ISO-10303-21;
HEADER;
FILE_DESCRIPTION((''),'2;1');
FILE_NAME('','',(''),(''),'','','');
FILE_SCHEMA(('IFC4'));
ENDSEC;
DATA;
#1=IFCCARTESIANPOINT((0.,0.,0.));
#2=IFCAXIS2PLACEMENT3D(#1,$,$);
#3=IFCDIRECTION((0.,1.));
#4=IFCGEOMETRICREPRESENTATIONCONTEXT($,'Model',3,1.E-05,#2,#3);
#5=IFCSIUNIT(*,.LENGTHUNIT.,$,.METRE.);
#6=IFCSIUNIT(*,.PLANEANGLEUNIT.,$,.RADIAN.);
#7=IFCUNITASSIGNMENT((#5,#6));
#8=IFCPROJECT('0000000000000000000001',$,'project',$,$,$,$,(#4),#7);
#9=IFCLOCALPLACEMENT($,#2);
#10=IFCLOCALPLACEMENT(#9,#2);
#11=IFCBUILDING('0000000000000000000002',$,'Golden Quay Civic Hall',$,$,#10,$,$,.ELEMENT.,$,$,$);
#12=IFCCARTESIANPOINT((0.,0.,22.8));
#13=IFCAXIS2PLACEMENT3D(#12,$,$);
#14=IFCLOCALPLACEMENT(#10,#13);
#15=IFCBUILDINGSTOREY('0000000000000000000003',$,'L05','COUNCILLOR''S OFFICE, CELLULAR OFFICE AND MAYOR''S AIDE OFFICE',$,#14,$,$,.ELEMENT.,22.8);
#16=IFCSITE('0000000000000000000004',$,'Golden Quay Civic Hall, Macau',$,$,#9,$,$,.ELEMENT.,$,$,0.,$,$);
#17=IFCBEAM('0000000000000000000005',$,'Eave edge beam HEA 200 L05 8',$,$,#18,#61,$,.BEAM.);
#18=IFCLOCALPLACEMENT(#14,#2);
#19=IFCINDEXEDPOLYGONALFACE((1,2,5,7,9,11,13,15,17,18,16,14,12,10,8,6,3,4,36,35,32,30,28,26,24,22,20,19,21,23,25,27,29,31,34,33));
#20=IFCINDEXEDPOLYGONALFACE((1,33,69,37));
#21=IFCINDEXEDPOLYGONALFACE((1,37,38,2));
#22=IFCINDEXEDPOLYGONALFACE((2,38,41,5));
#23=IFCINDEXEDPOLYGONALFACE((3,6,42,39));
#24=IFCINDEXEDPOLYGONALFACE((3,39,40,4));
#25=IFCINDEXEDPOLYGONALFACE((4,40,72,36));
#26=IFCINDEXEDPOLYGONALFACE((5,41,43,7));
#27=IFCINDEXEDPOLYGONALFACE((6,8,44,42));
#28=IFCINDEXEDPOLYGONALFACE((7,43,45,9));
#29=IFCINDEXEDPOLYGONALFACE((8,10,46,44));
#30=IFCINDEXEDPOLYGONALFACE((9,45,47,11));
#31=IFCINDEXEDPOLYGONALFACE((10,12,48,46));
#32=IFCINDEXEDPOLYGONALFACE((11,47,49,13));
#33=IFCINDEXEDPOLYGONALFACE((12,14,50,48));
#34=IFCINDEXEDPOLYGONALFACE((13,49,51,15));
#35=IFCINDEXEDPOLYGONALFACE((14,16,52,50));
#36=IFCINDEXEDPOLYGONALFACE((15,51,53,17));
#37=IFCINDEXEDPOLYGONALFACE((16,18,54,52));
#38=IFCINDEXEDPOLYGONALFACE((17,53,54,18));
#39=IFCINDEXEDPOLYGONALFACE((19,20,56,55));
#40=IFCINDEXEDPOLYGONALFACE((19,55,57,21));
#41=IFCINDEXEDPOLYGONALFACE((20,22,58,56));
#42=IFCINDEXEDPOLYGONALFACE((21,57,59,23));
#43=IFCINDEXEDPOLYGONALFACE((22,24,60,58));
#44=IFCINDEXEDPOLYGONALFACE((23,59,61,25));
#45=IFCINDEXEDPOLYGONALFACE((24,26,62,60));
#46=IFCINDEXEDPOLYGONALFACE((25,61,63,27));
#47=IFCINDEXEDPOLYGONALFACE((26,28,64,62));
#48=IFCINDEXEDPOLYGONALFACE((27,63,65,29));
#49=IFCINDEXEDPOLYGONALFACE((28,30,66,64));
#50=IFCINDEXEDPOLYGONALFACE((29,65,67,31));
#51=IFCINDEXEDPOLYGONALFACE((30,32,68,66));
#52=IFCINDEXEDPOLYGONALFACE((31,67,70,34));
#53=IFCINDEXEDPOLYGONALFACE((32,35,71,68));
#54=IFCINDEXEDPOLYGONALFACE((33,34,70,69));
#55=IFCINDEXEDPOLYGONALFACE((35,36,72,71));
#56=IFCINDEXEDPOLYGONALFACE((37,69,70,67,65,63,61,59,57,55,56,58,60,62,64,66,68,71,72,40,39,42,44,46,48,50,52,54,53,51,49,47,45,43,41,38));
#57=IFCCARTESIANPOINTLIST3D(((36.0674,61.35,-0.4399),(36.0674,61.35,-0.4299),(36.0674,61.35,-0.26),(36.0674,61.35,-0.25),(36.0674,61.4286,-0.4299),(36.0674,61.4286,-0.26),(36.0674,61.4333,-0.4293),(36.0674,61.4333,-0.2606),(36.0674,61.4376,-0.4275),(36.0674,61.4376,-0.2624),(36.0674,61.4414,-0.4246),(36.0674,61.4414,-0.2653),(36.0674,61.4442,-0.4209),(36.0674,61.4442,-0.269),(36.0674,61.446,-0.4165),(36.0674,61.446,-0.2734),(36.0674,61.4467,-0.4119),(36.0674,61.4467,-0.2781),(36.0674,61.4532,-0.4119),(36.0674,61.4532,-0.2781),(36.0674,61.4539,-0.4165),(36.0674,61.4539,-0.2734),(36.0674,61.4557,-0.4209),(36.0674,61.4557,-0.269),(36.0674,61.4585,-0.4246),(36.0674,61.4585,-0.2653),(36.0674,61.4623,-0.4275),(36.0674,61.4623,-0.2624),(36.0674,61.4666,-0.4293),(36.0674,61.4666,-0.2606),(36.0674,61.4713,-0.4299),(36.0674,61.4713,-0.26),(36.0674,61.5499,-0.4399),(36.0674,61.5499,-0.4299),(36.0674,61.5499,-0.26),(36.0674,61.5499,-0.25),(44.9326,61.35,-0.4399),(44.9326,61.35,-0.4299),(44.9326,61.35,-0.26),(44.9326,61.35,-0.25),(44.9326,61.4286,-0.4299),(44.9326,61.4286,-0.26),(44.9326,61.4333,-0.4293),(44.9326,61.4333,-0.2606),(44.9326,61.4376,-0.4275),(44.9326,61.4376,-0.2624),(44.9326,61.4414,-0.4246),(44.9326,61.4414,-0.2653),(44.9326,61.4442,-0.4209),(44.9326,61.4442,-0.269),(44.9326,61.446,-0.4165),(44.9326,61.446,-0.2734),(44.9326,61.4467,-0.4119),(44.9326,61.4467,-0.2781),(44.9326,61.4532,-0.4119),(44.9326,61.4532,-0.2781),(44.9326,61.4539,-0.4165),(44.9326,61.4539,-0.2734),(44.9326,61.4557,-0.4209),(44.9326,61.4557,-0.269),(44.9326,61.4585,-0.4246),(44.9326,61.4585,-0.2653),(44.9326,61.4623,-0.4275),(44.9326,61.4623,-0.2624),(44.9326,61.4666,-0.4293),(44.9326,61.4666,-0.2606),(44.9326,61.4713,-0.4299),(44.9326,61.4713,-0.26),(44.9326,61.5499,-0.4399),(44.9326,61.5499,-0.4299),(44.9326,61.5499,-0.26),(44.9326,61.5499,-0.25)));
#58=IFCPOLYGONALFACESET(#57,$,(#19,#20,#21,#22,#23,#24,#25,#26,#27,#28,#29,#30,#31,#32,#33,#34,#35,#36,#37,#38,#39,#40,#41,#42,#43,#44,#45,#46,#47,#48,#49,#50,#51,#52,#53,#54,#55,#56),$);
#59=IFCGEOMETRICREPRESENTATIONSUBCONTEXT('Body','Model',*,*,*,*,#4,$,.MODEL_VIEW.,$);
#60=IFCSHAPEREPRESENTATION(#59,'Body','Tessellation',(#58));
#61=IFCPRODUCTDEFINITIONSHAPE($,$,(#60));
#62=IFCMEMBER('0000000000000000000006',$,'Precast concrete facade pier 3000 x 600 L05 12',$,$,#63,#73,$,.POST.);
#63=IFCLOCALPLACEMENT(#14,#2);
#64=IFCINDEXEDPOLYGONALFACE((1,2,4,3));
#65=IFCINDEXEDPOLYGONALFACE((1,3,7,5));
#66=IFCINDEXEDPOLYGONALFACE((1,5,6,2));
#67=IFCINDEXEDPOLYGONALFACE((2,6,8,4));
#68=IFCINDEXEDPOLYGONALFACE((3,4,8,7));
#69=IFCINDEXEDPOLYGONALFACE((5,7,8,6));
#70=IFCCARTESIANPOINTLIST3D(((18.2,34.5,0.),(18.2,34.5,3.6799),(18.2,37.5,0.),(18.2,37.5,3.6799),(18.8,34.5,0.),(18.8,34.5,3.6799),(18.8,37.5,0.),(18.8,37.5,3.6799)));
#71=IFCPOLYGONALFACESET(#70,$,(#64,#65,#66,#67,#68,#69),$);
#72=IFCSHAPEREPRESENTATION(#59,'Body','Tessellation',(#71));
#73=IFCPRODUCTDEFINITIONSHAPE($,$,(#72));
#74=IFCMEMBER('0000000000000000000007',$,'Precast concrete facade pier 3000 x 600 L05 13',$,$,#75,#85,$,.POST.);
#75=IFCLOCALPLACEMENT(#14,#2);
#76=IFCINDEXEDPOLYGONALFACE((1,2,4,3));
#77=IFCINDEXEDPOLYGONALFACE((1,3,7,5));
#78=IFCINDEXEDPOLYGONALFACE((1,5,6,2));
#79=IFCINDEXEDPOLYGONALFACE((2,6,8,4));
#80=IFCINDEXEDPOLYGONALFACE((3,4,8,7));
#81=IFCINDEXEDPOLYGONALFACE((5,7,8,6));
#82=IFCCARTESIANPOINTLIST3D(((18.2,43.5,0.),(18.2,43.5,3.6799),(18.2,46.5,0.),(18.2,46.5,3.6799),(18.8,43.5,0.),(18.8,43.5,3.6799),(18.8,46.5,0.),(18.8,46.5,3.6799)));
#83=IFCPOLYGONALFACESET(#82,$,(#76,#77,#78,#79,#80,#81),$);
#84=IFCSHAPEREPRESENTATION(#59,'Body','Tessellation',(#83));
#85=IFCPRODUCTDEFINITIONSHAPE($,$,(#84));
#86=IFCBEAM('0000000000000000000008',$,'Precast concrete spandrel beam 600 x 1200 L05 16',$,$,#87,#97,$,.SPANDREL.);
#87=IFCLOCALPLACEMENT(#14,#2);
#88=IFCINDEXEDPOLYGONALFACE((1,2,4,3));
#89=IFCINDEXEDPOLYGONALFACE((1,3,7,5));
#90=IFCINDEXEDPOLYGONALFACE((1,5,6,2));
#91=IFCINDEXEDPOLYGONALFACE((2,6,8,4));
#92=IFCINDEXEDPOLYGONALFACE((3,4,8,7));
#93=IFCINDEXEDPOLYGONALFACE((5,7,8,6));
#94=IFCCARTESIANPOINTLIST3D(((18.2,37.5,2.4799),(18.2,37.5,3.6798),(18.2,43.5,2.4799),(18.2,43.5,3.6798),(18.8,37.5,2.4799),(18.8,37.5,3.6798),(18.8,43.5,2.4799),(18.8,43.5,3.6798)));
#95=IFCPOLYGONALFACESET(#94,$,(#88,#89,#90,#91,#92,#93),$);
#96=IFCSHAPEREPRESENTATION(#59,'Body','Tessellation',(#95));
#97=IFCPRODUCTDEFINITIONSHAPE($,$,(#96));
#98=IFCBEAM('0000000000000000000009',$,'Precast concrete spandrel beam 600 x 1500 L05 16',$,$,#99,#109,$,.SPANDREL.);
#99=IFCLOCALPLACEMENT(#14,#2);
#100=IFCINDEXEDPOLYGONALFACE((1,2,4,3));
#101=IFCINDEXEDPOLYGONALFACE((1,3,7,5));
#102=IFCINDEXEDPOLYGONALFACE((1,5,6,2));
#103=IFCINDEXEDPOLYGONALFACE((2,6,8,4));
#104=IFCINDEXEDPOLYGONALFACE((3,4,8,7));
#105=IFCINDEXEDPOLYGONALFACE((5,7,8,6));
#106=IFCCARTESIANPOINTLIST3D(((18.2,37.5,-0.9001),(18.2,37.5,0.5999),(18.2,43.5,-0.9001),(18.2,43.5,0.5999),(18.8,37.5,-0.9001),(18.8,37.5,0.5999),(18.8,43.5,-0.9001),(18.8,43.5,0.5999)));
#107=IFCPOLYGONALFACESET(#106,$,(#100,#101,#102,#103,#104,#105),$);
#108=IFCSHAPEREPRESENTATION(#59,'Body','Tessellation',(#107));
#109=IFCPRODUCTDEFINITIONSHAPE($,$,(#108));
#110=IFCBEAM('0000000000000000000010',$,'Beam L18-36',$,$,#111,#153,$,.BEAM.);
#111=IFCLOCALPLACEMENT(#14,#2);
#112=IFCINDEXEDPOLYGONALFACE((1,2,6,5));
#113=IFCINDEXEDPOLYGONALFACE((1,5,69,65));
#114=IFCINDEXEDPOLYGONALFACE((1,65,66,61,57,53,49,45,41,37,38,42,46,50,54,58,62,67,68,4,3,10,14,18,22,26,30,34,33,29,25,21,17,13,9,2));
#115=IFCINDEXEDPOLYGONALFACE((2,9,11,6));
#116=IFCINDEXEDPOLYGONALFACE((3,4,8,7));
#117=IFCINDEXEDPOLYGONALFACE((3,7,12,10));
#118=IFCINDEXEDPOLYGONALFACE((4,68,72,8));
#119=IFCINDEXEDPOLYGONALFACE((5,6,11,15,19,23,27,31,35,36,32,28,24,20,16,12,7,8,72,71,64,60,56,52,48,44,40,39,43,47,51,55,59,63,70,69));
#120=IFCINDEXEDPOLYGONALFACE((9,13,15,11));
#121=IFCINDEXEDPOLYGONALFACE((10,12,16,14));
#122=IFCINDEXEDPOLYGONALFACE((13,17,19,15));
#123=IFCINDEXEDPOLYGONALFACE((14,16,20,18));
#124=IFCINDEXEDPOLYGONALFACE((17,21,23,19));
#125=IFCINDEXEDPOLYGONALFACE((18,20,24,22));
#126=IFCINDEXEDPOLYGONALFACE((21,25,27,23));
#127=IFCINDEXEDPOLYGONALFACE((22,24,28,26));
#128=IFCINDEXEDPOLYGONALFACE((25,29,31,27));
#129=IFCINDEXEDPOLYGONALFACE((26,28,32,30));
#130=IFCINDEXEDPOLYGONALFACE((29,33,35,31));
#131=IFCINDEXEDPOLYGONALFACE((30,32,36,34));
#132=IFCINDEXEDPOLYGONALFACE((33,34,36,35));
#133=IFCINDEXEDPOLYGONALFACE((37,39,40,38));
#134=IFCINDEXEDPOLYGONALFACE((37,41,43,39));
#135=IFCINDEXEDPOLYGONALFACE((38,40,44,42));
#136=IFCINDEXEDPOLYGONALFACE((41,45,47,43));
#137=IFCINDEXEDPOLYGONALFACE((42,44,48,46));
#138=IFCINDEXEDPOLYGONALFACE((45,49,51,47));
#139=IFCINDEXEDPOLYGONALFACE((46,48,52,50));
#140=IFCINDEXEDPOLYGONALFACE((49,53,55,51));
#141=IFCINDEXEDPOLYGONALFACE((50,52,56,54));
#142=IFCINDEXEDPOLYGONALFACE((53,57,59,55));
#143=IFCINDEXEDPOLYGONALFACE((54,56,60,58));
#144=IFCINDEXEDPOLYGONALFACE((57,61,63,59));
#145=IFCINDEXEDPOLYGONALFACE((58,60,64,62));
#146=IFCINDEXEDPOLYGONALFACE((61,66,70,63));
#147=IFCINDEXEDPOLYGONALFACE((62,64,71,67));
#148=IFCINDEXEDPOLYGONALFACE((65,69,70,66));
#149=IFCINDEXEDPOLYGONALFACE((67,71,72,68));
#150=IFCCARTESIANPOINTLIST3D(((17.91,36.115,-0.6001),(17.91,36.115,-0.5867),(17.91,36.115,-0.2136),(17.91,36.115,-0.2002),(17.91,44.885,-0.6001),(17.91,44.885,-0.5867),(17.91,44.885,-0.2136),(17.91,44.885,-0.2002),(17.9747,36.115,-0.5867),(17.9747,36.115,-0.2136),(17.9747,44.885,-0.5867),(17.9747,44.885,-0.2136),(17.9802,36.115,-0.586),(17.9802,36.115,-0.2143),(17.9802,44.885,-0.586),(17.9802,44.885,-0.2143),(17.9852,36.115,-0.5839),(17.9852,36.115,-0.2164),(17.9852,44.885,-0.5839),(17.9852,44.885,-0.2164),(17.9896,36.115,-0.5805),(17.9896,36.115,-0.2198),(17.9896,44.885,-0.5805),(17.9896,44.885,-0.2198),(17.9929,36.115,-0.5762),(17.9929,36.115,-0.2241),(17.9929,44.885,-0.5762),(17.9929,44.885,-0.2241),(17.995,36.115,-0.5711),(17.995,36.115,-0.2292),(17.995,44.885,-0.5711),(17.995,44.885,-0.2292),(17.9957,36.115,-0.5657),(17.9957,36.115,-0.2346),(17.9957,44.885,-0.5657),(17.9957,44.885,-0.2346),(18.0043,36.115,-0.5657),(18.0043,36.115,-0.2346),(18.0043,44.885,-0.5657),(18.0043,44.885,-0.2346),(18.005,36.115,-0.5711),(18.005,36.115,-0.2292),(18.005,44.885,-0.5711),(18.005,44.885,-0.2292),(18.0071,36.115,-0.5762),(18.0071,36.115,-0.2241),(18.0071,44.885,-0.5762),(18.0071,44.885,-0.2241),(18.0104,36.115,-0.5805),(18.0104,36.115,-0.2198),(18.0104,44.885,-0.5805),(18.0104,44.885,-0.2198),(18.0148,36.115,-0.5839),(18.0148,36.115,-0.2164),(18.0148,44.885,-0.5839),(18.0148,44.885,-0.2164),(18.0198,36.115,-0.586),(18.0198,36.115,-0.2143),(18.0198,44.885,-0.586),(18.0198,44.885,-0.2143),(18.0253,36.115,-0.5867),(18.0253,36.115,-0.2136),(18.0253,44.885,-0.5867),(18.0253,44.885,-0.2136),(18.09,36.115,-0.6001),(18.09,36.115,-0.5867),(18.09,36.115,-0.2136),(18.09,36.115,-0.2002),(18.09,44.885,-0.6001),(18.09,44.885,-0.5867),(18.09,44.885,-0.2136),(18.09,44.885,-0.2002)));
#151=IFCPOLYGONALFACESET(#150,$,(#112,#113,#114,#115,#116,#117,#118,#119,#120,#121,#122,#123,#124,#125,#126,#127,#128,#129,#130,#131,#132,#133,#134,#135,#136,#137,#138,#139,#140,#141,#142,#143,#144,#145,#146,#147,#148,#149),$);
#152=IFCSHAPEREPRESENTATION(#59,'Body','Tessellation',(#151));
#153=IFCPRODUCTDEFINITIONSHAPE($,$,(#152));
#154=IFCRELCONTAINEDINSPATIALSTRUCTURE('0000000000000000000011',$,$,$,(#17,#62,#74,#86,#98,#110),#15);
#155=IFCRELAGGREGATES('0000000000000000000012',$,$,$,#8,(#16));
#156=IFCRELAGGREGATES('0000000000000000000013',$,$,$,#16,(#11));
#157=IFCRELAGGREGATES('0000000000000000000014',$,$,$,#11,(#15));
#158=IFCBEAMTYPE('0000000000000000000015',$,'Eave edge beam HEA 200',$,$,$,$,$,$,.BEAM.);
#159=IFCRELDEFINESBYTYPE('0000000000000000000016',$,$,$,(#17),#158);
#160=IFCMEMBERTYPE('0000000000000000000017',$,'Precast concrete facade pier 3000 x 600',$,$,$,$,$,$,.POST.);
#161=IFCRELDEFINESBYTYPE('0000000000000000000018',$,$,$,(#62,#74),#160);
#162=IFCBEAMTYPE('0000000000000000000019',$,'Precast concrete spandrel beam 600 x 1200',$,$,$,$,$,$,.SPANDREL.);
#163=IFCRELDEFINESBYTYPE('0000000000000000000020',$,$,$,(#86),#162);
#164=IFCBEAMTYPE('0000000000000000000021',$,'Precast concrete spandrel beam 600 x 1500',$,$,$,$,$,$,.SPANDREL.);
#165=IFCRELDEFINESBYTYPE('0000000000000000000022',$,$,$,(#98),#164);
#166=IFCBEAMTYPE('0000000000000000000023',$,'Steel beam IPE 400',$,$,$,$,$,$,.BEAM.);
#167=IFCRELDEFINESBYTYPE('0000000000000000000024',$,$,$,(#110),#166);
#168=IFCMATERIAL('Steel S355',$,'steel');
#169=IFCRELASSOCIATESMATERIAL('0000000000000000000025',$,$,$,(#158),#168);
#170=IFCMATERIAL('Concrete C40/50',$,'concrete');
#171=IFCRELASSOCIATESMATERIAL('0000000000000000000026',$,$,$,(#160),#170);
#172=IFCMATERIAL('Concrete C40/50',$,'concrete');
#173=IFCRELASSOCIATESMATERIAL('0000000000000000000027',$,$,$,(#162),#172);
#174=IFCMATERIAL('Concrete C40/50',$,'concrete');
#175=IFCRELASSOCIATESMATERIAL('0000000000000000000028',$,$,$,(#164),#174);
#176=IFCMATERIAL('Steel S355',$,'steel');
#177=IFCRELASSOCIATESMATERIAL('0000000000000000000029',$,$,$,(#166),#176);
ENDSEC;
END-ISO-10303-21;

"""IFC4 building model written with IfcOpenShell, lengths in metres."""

from ifc_helpers import new_model, si_unit, direction, frame, origin, origin_2d, place, context, subcontext, project, spatial, rectangle, i_section, extrude, material, material_profile, profile_set, type_object, element, save


model = new_model("IFC4")

# Units and contexts
model_context = context("Model", 3, precision=1e-05, world=origin(), true_north=direction((0.0, 1.0)))
body_context = subcontext(model_context, "Body", "Model", "MODEL_VIEW")
ifc_project = project(units=[si_unit("LENGTHUNIT", "METRE"), si_unit("PLANEANGLEUNIT", "RADIAN")], contexts=[model_context])

# Site, building, storey
site_placement = place(None, origin())
site = spatial("IfcSite", under=ifc_project, at=site_placement, Name="Golden Quay Civic Hall, Macau", CompositionType="ELEMENT", RefElevation=0.0)
building_placement = place(site_placement, origin())
building = spatial("IfcBuilding", under=site, at=building_placement, Name="Golden Quay Civic Hall", CompositionType="ELEMENT")
storey_placement = place(building_placement, frame((0.0, 0.0, 22.8)))
storey = spatial("IfcBuildingStorey", under=building, at=storey_placement, Name="L05", Description="COUNCILLOR'S OFFICE, CELLULAR OFFICE AND MAYOR'S AIDE OFFICE", CompositionType="ELEMENT", Elevation=22.8)

# Beam
ifc_material_1 = material(Name="Steel S355", Category="steel")
ifc_material_profile_1 = material_profile(ifc_material_1, i_section(OverallWidth=0.2, OverallDepth=0.1899, WebThickness=0.0066, FlangeThickness=0.01, FilletRadius=0.0181, at=origin_2d()), Name="HEA 200")
ifc_profile_set_1 = profile_set([ifc_material_profile_1], Name="Steel S355")
beam_type_1 = type_object("IfcBeamType", Name="Eave edge beam HEA 200", PredefinedType="BEAM", material=ifc_profile_set_1)
for number, where, z_axis, x_axis, name in (
    (1, (36.0674, 61.45, -0.345), (1.0, 0.0, 0.0), (0.0, 1.0, 0.0), "Eave edge beam HEA 200 L05 8"),
):
    element("IfcBeam", number, at=place(storey_placement, frame(where, z_axis=z_axis, x_axis=x_axis)), inside=storey, type_object=beam_type_1, Name=name, PredefinedType="BEAM", context=body_context, shape_type="SweptSolid", body=[
        extrude(i_section(OverallWidth=0.2, OverallDepth=0.1899, WebThickness=0.0066, FlangeThickness=0.01, FilletRadius=0.0181, at=origin_2d()), origin(), (0.0, 0.0, 1.0), 8.8652),
    ])

# Members
ifc_material_2 = material(Name="Concrete C40/50", Category="concrete")
ifc_material_profile_2 = material_profile(ifc_material_2, rectangle(XDim=3.0, YDim=0.6001, at=origin_2d()), Name="RC 3000x600")
ifc_profile_set_2 = profile_set([ifc_material_profile_2], Name="Concrete C40/50")
member_type = type_object("IfcMemberType", Name="Precast concrete facade pier 3000 x 600", PredefinedType="POST", material=ifc_profile_set_2)
for number, where, z_axis, x_axis, name in (
    (2, (18.5, 36.0, 0.0), (0.0, 0.0, 1.0), (0.0, 1.0, 0.0), "Precast concrete facade pier 3000 x 600 L05 12"),
    (3, (18.5, 45.0, 0.0), (0.0, 0.0, 1.0), (0.0, 1.0, 0.0), "Precast concrete facade pier 3000 x 600 L05 13"),
):
    element("IfcMember", number, at=place(storey_placement, frame(where, z_axis=z_axis, x_axis=x_axis)), inside=storey, type_object=member_type, Name=name, PredefinedType="POST", context=body_context, shape_type="SweptSolid", body=[
        extrude(rectangle(XDim=3.0, YDim=0.6001, at=origin_2d()), origin(), (0.0, 0.0, 1.0), 3.6799),
    ])

# Beams
ifc_material_3 = material(Name="Concrete C40/50", Category="concrete")
ifc_material_profile_3 = material_profile(ifc_material_3, rectangle(XDim=0.6001, YDim=1.2, at=origin_2d()), Name="RC 600x1200")
ifc_profile_set_3 = profile_set([ifc_material_profile_3], Name="Concrete C40/50")
beam_type_2 = type_object("IfcBeamType", Name="Precast concrete spandrel beam 600 x 1200", PredefinedType="SPANDREL", material=ifc_profile_set_3)
beam_1_placement = place(storey_placement, frame((18.5, 37.5, 3.0798), z_axis=(0.0, 1.0, 0.0), x_axis=(-1.0, 0.0, 0.0)))
element("IfcBeam", 4, at=beam_1_placement, inside=storey, type_object=beam_type_2, Name="Precast concrete spandrel beam 600 x 1200 L05 16", PredefinedType="SPANDREL", context=body_context, shape_type="SweptSolid", body=[
    extrude(rectangle(XDim=0.6001, YDim=1.2, at=origin_2d()), origin(), (0.0, 0.0, 1.0), 6.0),
])
ifc_material_4 = material(Name="Concrete C40/50", Category="concrete")
ifc_material_profile_4 = material_profile(ifc_material_4, rectangle(XDim=0.6001, YDim=1.5, at=origin_2d()), Name="RC 600x1500")
ifc_profile_set_4 = profile_set([ifc_material_profile_4], Name="Concrete C40/50")
beam_type_3 = type_object("IfcBeamType", Name="Precast concrete spandrel beam 600 x 1500", PredefinedType="SPANDREL", material=ifc_profile_set_4)
beam_2_placement = place(storey_placement, frame((18.5, 37.5, -0.1501), z_axis=(0.0, 1.0, 0.0), x_axis=(-1.0, 0.0, 0.0)))
element("IfcBeam", 5, at=beam_2_placement, inside=storey, type_object=beam_type_3, Name="Precast concrete spandrel beam 600 x 1500 L05 16", PredefinedType="SPANDREL", context=body_context, shape_type="SweptSolid", body=[
    extrude(rectangle(XDim=0.6001, YDim=1.5, at=origin_2d()), origin(), (0.0, 0.0, 1.0), 6.0),
])
ifc_material_5 = material(Name="Steel S355", Category="steel")
ifc_material_profile_5 = material_profile(ifc_material_5, i_section(OverallWidth=0.1799, OverallDepth=0.3999, WebThickness=0.0085, FlangeThickness=0.0134, FilletRadius=0.021, at=origin_2d()), Name="IPE 400")
ifc_profile_set_5 = profile_set([ifc_material_profile_5], Name="Steel S355")
beam_type_4 = type_object("IfcBeamType", Name="Steel beam IPE 400", PredefinedType="BEAM", material=ifc_profile_set_5)
for number, where, z_axis, x_axis, name in (
    (6, (18.0, 36.115, -0.4001), (0.0, 1.0, 0.0), (-1.0, 0.0, 0.0), "Beam L18-36"),
):
    element("IfcBeam", number, at=place(storey_placement, frame(where, z_axis=z_axis, x_axis=x_axis)), inside=storey, type_object=beam_type_4, Name=name, PredefinedType="BEAM", context=body_context, shape_type="SweptSolid", body=[
        extrude(i_section(OverallWidth=0.1799, OverallDepth=0.3999, WebThickness=0.0085, FlangeThickness=0.0134, FilletRadius=0.021, at=origin_2d()), origin(), (0.0, 0.0, 1.0), 8.77),
    ])

save(model, "model.ifc")
